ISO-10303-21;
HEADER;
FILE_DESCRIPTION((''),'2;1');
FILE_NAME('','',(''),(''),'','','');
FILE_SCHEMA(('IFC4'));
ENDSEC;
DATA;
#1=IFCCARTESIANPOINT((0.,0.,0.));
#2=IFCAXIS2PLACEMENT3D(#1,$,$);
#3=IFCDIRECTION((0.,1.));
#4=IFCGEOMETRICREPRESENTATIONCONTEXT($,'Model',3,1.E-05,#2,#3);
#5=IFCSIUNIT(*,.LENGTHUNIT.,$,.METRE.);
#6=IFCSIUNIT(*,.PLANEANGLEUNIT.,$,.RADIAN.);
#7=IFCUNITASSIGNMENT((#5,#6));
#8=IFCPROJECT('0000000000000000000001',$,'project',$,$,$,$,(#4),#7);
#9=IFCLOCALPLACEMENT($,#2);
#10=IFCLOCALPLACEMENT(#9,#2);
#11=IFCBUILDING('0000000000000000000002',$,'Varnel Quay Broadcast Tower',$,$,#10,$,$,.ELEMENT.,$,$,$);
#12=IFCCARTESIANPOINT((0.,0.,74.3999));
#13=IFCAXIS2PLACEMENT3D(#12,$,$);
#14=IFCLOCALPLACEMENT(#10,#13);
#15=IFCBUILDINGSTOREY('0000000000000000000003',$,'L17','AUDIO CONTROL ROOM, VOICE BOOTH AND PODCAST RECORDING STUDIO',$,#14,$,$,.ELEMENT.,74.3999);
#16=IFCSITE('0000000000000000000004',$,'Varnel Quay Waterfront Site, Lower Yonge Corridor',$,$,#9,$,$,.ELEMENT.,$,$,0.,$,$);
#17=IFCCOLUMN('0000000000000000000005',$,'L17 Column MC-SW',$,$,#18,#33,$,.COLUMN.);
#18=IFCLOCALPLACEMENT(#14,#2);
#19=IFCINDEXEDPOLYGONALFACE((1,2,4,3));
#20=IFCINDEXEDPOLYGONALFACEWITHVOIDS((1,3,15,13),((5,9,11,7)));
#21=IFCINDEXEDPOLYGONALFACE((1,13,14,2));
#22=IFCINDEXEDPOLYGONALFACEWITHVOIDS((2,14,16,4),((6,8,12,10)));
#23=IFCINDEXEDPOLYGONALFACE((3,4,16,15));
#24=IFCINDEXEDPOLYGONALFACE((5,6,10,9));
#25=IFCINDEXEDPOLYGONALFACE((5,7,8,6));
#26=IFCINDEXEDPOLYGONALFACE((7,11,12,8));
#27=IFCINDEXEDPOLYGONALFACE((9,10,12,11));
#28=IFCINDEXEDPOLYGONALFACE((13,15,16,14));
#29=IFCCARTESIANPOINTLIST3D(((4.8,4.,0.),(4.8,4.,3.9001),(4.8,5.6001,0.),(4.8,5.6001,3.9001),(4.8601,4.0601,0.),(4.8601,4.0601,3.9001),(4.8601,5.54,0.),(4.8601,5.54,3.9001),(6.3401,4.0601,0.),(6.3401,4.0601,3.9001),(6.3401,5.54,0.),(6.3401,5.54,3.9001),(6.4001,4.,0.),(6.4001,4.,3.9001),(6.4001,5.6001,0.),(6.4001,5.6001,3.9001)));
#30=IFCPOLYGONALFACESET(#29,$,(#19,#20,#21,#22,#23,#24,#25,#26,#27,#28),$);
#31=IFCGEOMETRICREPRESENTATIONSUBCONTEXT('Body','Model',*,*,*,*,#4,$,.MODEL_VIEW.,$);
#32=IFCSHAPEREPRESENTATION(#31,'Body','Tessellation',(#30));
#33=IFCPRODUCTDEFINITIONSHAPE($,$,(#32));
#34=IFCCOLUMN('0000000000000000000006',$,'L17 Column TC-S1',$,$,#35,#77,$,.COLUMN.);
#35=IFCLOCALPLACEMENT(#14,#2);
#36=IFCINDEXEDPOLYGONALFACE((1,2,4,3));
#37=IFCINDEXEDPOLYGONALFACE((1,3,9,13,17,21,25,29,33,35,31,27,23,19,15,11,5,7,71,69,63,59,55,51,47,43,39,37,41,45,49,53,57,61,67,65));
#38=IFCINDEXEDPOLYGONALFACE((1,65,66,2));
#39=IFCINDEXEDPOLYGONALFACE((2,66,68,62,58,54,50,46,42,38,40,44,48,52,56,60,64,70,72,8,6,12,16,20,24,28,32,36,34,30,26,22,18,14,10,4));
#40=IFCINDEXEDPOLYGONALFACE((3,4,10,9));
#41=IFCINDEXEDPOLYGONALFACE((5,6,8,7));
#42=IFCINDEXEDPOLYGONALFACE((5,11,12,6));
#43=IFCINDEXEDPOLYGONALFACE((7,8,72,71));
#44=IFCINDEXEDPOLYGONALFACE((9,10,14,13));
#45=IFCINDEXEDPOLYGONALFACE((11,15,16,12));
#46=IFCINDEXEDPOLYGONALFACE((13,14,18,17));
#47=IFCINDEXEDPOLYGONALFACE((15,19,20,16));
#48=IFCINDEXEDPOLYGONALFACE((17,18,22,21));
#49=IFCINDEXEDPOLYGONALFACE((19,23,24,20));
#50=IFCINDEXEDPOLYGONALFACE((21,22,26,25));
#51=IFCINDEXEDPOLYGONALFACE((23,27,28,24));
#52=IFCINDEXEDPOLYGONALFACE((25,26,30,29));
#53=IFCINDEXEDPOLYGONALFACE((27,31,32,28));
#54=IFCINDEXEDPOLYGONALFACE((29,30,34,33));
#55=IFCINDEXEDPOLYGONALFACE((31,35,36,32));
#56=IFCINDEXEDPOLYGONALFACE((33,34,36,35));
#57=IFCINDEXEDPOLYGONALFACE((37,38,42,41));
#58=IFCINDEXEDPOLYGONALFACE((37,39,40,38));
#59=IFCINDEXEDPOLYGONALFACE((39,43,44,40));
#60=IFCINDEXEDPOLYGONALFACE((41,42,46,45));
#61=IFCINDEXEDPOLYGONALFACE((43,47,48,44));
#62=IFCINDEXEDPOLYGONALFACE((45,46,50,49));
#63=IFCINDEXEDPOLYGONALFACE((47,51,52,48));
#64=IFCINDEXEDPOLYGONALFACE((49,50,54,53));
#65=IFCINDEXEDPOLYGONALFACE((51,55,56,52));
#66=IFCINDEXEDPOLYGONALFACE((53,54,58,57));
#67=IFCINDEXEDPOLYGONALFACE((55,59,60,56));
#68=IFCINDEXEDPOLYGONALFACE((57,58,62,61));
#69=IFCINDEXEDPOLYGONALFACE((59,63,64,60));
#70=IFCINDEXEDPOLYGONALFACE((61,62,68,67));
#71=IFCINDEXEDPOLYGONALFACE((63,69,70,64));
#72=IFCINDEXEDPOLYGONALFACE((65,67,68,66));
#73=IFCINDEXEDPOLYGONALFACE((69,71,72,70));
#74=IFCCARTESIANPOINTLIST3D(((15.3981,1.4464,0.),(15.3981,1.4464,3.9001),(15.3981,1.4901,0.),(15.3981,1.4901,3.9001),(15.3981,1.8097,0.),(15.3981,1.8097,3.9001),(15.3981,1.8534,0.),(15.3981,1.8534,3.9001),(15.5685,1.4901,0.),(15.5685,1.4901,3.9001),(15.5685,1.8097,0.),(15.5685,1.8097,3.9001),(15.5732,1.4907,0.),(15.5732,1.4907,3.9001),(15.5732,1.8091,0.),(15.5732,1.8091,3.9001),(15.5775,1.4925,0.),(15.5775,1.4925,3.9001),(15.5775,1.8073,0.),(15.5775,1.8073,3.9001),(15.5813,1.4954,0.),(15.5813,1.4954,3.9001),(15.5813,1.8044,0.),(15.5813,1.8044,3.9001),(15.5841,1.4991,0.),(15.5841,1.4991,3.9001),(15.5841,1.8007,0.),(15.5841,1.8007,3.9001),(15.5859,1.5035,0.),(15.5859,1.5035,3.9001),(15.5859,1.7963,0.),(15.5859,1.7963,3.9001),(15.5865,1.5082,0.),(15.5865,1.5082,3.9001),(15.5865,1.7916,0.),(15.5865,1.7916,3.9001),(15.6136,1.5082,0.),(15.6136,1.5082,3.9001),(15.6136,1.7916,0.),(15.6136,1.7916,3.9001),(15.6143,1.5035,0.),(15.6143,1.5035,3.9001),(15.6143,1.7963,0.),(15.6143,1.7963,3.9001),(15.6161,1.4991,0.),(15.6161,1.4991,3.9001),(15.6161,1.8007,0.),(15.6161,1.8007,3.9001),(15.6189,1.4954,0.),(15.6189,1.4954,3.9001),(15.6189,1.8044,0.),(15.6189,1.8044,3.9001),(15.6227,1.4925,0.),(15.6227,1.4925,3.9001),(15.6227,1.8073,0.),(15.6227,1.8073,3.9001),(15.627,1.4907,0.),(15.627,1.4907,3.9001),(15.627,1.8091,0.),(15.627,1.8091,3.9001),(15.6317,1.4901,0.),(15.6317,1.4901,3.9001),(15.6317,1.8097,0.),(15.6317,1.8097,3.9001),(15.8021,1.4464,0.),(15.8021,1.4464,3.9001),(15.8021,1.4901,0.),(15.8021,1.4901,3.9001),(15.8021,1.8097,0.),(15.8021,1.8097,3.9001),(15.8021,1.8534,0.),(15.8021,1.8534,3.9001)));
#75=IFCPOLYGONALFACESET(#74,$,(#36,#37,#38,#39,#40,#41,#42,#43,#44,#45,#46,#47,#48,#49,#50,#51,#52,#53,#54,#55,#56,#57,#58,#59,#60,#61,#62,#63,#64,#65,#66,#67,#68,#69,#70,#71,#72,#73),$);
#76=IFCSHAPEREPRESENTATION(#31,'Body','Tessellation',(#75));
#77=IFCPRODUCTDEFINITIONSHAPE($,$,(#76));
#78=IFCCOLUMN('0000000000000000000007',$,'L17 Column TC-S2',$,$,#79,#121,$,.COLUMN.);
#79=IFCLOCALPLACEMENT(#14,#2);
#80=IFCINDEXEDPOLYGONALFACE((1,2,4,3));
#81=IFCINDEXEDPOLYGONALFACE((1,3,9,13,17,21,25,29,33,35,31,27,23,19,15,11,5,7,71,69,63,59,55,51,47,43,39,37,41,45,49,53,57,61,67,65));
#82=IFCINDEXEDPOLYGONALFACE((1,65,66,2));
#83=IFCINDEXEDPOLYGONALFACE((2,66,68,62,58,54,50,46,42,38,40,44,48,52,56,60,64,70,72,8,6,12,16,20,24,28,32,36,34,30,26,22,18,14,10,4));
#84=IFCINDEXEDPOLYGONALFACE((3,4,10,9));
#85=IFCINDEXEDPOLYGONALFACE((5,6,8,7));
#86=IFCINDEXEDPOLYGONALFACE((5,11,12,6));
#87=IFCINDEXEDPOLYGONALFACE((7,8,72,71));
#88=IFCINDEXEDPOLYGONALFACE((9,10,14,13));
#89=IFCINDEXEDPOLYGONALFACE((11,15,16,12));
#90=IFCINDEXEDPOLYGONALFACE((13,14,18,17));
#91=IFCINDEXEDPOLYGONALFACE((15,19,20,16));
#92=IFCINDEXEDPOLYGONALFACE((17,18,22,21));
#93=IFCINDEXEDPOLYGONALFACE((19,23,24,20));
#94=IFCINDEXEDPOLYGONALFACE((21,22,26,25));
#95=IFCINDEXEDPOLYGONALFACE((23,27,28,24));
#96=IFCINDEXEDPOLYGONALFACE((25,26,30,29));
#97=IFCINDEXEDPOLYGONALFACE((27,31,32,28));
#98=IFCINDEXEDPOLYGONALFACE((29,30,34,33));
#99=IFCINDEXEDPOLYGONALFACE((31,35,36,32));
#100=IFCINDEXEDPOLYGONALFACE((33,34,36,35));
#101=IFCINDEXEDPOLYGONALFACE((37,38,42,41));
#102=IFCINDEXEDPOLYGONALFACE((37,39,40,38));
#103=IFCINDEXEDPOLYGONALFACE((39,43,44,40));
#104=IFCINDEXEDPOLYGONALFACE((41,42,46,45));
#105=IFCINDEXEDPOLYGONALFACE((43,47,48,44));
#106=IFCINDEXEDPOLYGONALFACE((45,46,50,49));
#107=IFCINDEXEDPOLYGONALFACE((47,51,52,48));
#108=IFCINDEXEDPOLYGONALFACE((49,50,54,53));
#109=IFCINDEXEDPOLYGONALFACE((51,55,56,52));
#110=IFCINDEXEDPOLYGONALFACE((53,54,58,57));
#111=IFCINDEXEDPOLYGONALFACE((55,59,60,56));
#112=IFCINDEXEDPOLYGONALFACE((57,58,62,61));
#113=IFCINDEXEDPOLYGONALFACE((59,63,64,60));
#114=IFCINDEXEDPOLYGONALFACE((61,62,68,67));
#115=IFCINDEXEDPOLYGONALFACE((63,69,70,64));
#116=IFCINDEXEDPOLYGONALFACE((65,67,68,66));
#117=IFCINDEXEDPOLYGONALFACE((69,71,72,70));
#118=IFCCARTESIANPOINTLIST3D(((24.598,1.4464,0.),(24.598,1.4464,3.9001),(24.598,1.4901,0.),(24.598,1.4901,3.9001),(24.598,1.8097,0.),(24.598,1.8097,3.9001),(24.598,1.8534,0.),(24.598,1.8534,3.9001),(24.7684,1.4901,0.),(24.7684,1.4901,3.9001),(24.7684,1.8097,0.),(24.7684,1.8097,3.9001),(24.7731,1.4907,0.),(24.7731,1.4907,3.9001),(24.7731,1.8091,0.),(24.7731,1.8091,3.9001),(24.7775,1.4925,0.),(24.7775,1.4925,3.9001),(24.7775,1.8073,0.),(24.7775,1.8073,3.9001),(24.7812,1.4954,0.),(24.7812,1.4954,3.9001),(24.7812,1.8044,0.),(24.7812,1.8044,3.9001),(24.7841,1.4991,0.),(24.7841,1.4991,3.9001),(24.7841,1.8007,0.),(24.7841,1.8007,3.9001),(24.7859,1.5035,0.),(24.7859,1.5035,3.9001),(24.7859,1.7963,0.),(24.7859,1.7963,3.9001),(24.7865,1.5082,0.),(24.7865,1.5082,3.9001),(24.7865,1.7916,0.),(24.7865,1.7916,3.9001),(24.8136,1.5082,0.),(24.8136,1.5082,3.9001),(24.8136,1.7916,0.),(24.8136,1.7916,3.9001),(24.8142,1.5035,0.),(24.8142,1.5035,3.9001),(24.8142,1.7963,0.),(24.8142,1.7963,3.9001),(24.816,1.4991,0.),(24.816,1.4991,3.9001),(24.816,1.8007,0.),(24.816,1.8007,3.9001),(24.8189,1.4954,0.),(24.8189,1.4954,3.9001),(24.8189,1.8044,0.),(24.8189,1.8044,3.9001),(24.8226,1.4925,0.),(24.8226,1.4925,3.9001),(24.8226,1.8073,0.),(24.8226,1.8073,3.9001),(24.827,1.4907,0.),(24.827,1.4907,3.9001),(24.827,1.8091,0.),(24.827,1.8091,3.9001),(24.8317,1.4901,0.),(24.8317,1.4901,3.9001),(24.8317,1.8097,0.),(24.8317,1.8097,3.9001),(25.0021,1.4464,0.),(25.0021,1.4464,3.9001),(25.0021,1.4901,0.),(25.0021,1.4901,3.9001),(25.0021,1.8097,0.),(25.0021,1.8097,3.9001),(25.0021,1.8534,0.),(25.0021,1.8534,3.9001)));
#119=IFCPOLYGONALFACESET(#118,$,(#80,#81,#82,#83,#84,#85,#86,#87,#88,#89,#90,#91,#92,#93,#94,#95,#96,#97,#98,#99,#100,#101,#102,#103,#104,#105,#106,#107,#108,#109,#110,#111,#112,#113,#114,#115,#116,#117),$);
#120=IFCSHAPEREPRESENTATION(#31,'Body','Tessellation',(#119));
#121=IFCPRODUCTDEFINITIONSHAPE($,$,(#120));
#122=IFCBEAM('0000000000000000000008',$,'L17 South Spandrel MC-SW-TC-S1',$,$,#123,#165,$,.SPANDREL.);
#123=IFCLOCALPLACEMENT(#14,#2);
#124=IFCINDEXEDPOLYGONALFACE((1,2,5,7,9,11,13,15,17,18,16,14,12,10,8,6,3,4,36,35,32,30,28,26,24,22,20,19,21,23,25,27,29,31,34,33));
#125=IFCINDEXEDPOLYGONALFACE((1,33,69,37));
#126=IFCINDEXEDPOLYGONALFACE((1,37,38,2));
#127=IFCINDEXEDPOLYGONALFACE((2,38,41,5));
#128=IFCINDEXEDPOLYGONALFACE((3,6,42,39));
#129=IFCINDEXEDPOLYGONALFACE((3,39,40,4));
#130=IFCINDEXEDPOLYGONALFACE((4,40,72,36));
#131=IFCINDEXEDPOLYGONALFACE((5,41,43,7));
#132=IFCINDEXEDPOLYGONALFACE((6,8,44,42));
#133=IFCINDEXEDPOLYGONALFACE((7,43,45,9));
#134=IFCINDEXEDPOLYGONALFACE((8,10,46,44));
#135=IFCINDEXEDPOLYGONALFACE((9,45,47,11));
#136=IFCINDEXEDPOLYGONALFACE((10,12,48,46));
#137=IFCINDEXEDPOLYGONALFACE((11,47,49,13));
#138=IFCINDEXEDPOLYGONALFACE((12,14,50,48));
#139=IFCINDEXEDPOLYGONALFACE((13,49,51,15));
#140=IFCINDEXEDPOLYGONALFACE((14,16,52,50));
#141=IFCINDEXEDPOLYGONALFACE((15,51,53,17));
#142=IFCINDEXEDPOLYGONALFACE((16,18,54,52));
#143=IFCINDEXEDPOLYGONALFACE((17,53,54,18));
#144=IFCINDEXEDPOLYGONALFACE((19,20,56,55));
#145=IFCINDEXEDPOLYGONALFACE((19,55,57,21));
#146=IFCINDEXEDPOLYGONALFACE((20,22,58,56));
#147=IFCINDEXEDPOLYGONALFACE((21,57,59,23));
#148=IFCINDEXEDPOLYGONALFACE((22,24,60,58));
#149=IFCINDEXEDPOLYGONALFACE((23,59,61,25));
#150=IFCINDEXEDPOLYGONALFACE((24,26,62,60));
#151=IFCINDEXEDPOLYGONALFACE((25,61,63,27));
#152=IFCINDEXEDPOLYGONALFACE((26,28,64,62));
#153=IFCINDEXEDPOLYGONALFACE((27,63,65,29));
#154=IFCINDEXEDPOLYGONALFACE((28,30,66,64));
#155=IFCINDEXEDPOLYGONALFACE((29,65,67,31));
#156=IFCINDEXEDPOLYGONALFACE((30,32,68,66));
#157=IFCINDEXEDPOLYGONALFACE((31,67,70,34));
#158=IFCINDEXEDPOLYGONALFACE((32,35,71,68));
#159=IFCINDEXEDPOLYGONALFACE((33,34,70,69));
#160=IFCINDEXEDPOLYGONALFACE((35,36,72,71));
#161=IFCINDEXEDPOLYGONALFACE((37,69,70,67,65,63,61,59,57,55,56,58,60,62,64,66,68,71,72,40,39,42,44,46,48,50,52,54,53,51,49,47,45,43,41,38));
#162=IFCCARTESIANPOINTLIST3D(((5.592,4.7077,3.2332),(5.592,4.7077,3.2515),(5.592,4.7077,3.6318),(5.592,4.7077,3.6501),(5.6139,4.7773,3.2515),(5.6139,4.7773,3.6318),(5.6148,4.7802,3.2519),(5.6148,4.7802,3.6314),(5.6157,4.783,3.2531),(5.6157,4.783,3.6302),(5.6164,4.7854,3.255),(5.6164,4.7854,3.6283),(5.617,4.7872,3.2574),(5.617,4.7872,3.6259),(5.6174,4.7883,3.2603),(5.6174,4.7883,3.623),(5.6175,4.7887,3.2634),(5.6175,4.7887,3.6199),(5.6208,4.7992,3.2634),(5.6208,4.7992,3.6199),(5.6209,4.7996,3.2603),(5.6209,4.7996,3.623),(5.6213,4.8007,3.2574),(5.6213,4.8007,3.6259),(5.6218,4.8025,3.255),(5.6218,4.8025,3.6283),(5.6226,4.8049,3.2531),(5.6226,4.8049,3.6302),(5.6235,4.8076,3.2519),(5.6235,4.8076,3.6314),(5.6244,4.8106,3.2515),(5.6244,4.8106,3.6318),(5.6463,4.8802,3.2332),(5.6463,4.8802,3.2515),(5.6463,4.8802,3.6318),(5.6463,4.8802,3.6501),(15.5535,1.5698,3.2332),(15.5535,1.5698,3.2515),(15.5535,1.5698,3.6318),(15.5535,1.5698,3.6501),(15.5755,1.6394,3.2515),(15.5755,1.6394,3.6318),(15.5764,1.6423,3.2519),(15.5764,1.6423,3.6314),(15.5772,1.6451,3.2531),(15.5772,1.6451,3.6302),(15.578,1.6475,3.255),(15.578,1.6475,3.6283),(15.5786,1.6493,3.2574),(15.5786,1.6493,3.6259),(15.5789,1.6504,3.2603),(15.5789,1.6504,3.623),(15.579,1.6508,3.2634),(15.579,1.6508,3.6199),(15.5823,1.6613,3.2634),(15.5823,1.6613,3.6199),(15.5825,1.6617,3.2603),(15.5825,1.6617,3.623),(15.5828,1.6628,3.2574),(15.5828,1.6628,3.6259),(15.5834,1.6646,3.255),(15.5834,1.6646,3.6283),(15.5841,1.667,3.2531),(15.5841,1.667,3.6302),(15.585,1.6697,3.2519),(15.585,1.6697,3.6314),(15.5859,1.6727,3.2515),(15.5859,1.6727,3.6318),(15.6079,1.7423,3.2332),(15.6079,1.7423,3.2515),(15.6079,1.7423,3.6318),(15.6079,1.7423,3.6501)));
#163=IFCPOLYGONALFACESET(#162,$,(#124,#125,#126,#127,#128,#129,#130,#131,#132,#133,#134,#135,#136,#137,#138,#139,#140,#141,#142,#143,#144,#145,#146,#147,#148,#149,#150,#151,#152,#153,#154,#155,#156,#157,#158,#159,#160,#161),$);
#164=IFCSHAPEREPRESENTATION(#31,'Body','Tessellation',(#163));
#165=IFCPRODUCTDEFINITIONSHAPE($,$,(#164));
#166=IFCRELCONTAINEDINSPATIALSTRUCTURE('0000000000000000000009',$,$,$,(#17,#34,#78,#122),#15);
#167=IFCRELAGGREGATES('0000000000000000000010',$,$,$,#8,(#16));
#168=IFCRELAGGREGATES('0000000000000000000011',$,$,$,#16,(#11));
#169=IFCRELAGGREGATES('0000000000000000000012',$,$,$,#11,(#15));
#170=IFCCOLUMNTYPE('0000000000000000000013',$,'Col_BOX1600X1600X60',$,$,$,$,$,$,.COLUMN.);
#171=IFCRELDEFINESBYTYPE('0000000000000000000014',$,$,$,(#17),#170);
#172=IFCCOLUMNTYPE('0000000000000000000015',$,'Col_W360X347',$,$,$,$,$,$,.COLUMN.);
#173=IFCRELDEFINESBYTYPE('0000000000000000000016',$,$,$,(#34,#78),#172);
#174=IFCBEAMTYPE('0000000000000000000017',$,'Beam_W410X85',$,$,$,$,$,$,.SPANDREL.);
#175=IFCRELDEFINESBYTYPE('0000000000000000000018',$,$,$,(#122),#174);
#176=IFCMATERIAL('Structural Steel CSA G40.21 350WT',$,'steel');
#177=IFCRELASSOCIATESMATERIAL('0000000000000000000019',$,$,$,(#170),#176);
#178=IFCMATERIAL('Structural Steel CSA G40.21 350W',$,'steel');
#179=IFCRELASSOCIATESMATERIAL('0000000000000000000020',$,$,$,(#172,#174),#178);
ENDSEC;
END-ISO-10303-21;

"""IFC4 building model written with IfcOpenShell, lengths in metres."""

from ifc_helpers import new_model, si_unit, direction, frame, origin, origin_2d, place, context, subcontext, project, spatial, hollow_rectangle, i_section, extrude, source, transform, mapped, material, material_profile, profile_set, type_object, type_shapes, element, save


model = new_model("IFC4")

# Units and contexts
model_context = context("Model", 3, precision=1e-05, world=origin(), true_north=direction((0.0, 1.0)))
body_context = subcontext(model_context, "Body", "Model", "MODEL_VIEW")
ifc_project = project(units=[si_unit("LENGTHUNIT", "METRE"), si_unit("PLANEANGLEUNIT", "RADIAN")], contexts=[model_context])

# Site, building, storey
site_placement = place(None, origin())
site = spatial("IfcSite", under=ifc_project, at=site_placement, Name="Varnel Quay Waterfront Site, Lower Yonge Corridor", CompositionType="ELEMENT", RefElevation=0.0)
building_placement = place(site_placement, origin())
building = spatial("IfcBuilding", under=site, at=building_placement, Name="Varnel Quay Broadcast Tower", CompositionType="ELEMENT")
storey_placement = place(building_placement, frame((0.0, 0.0, 74.3999)))
storey = spatial("IfcBuildingStorey", under=building, at=storey_placement, Name="L17", Description="AUDIO CONTROL ROOM, VOICE BOOTH AND PODCAST RECORDING STUDIO", CompositionType="ELEMENT", Elevation=74.3999)

# Columns
ifc_material_1 = material(Name="Structural Steel CSA G40.21 350WT", Category="steel")
ifc_material_profile_1 = material_profile(ifc_material_1, hollow_rectangle(XDim=1.6001, YDim=1.6001, WallThickness=0.0601, at=origin_2d()), Name="BOX1600X1600X60")
ifc_profile_set_1 = profile_set([ifc_material_profile_1], Name="Structural Steel CSA G40.21 350WT")
column_type_1 = type_object("IfcColumnType", Name="Col_BOX1600X1600X60", PredefinedType="COLUMN", material=ifc_profile_set_1)
shared_shape_1 = source(origin(), body_context, "Body", "SweptSolid", [
    extrude(hollow_rectangle(XDim=1.6001, YDim=1.6001, WallThickness=0.0601, at=origin_2d()), origin(), (0.0, 0.0, 1.0), 3.9001),
])
type_shapes(column_type_1, [shared_shape_1])
column_placement = place(storey_placement, frame((5.6001, 4.8, 0.0), z_axis=(0.0, 0.0, 1.0), x_axis=(1.0, 0.0, 0.0)))
element("IfcColumn", 1, at=column_placement, inside=storey, type_object=column_type_1, Name="L17 Column MC-SW", PredefinedType="COLUMN", context=body_context, shape_type="MappedRepresentation", body=[
    mapped(shared_shape_1, transform((0.0, 0.0, 0.0), x_axis=(1.0, 0.0, 0.0), y_axis=(0.0, 1.0, 0.0), z_axis=(0.0, 0.0, 1.0), scale=1.0)),
])
ifc_material_2 = material(Name="Structural Steel CSA G40.21 350W", Category="steel")
ifc_material_profile_2 = material_profile(ifc_material_2, i_section(OverallWidth=0.4041, OverallDepth=0.407, WebThickness=0.0271, FlangeThickness=0.0437, FilletRadius=0.0181, at=origin_2d()), Name="W360X347")
ifc_profile_set_2 = profile_set([ifc_material_profile_2], Name="Structural Steel CSA G40.21 350W")
column_type_2 = type_object("IfcColumnType", Name="Col_W360X347", PredefinedType="COLUMN", material=ifc_profile_set_2)
shared_shape_2 = source(origin(), body_context, "Body", "SweptSolid", [
    extrude(i_section(OverallWidth=0.4041, OverallDepth=0.407, WebThickness=0.0271, FlangeThickness=0.0437, FilletRadius=0.0181, at=origin_2d()), origin(), (0.0, 0.0, 1.0), 3.9001),
])
type_shapes(column_type_2, [shared_shape_2])
for number, where, z_axis, x_axis, name in (
    (2, (15.6001, 1.6499, 0.0), (0.0, 0.0, 1.0), (1.0, 0.0, 0.0), "L17 Column TC-S1"),
    (3, (24.8, 1.6499, 0.0), (0.0, 0.0, 1.0), (1.0, 0.0, 0.0), "L17 Column TC-S2"),
):
    element("IfcColumn", number, at=place(storey_placement, frame(where, z_axis=z_axis, x_axis=x_axis)), inside=storey, type_object=column_type_2, Name=name, PredefinedType="COLUMN", context=body_context, shape_type="MappedRepresentation", body=[
        mapped(shared_shape_2, transform((0.0, 0.0, 0.0), x_axis=(1.0, 0.0, 0.0), y_axis=(0.0, 1.0, 0.0), z_axis=(0.0, 0.0, 1.0), scale=1.0)),
    ])

# Beam
ifc_material_profile_3 = material_profile(ifc_material_2, i_section(OverallWidth=0.1809, OverallDepth=0.417, WebThickness=0.011, FlangeThickness=0.0183, FilletRadius=0.012, at=origin_2d()), Name="W410X85")
ifc_profile_set_3 = profile_set([ifc_material_profile_3], Name="Structural Steel CSA G40.21 350W")
beam_type_1 = type_object("IfcBeamType", Name="Beam_W410X85", PredefinedType="SPANDREL", material=ifc_profile_set_3)
shared_shape_3 = source(origin(), body_context, "Body", "SweptSolid", [
    extrude(i_section(OverallWidth=0.1809, OverallDepth=0.417, WebThickness=0.011, FlangeThickness=0.0183, FilletRadius=0.012, at=origin_2d()), origin(), (0.0, 0.0, 1.0), 10.4441),
])
beam_1_placement = place(storey_placement, frame((5.6191, 4.7939, 3.4417), z_axis=(0.953798, -0.300448, 0.0), x_axis=(0.300448, 0.953798, 0.0)))
element("IfcBeam", 4, at=beam_1_placement, inside=storey, type_object=beam_type_1, Name="L17 South Spandrel MC-SW-TC-S1", PredefinedType="SPANDREL", context=body_context, shape_type="MappedRepresentation", body=[
    mapped(shared_shape_3, transform((0.0, 0.0, 0.0), x_axis=(1.0, 0.0, 0.0), y_axis=(0.0, 1.0, 0.0), z_axis=(0.0, 0.0, 1.0), scale=1.0)),
])

save(model, "model.ifc")
